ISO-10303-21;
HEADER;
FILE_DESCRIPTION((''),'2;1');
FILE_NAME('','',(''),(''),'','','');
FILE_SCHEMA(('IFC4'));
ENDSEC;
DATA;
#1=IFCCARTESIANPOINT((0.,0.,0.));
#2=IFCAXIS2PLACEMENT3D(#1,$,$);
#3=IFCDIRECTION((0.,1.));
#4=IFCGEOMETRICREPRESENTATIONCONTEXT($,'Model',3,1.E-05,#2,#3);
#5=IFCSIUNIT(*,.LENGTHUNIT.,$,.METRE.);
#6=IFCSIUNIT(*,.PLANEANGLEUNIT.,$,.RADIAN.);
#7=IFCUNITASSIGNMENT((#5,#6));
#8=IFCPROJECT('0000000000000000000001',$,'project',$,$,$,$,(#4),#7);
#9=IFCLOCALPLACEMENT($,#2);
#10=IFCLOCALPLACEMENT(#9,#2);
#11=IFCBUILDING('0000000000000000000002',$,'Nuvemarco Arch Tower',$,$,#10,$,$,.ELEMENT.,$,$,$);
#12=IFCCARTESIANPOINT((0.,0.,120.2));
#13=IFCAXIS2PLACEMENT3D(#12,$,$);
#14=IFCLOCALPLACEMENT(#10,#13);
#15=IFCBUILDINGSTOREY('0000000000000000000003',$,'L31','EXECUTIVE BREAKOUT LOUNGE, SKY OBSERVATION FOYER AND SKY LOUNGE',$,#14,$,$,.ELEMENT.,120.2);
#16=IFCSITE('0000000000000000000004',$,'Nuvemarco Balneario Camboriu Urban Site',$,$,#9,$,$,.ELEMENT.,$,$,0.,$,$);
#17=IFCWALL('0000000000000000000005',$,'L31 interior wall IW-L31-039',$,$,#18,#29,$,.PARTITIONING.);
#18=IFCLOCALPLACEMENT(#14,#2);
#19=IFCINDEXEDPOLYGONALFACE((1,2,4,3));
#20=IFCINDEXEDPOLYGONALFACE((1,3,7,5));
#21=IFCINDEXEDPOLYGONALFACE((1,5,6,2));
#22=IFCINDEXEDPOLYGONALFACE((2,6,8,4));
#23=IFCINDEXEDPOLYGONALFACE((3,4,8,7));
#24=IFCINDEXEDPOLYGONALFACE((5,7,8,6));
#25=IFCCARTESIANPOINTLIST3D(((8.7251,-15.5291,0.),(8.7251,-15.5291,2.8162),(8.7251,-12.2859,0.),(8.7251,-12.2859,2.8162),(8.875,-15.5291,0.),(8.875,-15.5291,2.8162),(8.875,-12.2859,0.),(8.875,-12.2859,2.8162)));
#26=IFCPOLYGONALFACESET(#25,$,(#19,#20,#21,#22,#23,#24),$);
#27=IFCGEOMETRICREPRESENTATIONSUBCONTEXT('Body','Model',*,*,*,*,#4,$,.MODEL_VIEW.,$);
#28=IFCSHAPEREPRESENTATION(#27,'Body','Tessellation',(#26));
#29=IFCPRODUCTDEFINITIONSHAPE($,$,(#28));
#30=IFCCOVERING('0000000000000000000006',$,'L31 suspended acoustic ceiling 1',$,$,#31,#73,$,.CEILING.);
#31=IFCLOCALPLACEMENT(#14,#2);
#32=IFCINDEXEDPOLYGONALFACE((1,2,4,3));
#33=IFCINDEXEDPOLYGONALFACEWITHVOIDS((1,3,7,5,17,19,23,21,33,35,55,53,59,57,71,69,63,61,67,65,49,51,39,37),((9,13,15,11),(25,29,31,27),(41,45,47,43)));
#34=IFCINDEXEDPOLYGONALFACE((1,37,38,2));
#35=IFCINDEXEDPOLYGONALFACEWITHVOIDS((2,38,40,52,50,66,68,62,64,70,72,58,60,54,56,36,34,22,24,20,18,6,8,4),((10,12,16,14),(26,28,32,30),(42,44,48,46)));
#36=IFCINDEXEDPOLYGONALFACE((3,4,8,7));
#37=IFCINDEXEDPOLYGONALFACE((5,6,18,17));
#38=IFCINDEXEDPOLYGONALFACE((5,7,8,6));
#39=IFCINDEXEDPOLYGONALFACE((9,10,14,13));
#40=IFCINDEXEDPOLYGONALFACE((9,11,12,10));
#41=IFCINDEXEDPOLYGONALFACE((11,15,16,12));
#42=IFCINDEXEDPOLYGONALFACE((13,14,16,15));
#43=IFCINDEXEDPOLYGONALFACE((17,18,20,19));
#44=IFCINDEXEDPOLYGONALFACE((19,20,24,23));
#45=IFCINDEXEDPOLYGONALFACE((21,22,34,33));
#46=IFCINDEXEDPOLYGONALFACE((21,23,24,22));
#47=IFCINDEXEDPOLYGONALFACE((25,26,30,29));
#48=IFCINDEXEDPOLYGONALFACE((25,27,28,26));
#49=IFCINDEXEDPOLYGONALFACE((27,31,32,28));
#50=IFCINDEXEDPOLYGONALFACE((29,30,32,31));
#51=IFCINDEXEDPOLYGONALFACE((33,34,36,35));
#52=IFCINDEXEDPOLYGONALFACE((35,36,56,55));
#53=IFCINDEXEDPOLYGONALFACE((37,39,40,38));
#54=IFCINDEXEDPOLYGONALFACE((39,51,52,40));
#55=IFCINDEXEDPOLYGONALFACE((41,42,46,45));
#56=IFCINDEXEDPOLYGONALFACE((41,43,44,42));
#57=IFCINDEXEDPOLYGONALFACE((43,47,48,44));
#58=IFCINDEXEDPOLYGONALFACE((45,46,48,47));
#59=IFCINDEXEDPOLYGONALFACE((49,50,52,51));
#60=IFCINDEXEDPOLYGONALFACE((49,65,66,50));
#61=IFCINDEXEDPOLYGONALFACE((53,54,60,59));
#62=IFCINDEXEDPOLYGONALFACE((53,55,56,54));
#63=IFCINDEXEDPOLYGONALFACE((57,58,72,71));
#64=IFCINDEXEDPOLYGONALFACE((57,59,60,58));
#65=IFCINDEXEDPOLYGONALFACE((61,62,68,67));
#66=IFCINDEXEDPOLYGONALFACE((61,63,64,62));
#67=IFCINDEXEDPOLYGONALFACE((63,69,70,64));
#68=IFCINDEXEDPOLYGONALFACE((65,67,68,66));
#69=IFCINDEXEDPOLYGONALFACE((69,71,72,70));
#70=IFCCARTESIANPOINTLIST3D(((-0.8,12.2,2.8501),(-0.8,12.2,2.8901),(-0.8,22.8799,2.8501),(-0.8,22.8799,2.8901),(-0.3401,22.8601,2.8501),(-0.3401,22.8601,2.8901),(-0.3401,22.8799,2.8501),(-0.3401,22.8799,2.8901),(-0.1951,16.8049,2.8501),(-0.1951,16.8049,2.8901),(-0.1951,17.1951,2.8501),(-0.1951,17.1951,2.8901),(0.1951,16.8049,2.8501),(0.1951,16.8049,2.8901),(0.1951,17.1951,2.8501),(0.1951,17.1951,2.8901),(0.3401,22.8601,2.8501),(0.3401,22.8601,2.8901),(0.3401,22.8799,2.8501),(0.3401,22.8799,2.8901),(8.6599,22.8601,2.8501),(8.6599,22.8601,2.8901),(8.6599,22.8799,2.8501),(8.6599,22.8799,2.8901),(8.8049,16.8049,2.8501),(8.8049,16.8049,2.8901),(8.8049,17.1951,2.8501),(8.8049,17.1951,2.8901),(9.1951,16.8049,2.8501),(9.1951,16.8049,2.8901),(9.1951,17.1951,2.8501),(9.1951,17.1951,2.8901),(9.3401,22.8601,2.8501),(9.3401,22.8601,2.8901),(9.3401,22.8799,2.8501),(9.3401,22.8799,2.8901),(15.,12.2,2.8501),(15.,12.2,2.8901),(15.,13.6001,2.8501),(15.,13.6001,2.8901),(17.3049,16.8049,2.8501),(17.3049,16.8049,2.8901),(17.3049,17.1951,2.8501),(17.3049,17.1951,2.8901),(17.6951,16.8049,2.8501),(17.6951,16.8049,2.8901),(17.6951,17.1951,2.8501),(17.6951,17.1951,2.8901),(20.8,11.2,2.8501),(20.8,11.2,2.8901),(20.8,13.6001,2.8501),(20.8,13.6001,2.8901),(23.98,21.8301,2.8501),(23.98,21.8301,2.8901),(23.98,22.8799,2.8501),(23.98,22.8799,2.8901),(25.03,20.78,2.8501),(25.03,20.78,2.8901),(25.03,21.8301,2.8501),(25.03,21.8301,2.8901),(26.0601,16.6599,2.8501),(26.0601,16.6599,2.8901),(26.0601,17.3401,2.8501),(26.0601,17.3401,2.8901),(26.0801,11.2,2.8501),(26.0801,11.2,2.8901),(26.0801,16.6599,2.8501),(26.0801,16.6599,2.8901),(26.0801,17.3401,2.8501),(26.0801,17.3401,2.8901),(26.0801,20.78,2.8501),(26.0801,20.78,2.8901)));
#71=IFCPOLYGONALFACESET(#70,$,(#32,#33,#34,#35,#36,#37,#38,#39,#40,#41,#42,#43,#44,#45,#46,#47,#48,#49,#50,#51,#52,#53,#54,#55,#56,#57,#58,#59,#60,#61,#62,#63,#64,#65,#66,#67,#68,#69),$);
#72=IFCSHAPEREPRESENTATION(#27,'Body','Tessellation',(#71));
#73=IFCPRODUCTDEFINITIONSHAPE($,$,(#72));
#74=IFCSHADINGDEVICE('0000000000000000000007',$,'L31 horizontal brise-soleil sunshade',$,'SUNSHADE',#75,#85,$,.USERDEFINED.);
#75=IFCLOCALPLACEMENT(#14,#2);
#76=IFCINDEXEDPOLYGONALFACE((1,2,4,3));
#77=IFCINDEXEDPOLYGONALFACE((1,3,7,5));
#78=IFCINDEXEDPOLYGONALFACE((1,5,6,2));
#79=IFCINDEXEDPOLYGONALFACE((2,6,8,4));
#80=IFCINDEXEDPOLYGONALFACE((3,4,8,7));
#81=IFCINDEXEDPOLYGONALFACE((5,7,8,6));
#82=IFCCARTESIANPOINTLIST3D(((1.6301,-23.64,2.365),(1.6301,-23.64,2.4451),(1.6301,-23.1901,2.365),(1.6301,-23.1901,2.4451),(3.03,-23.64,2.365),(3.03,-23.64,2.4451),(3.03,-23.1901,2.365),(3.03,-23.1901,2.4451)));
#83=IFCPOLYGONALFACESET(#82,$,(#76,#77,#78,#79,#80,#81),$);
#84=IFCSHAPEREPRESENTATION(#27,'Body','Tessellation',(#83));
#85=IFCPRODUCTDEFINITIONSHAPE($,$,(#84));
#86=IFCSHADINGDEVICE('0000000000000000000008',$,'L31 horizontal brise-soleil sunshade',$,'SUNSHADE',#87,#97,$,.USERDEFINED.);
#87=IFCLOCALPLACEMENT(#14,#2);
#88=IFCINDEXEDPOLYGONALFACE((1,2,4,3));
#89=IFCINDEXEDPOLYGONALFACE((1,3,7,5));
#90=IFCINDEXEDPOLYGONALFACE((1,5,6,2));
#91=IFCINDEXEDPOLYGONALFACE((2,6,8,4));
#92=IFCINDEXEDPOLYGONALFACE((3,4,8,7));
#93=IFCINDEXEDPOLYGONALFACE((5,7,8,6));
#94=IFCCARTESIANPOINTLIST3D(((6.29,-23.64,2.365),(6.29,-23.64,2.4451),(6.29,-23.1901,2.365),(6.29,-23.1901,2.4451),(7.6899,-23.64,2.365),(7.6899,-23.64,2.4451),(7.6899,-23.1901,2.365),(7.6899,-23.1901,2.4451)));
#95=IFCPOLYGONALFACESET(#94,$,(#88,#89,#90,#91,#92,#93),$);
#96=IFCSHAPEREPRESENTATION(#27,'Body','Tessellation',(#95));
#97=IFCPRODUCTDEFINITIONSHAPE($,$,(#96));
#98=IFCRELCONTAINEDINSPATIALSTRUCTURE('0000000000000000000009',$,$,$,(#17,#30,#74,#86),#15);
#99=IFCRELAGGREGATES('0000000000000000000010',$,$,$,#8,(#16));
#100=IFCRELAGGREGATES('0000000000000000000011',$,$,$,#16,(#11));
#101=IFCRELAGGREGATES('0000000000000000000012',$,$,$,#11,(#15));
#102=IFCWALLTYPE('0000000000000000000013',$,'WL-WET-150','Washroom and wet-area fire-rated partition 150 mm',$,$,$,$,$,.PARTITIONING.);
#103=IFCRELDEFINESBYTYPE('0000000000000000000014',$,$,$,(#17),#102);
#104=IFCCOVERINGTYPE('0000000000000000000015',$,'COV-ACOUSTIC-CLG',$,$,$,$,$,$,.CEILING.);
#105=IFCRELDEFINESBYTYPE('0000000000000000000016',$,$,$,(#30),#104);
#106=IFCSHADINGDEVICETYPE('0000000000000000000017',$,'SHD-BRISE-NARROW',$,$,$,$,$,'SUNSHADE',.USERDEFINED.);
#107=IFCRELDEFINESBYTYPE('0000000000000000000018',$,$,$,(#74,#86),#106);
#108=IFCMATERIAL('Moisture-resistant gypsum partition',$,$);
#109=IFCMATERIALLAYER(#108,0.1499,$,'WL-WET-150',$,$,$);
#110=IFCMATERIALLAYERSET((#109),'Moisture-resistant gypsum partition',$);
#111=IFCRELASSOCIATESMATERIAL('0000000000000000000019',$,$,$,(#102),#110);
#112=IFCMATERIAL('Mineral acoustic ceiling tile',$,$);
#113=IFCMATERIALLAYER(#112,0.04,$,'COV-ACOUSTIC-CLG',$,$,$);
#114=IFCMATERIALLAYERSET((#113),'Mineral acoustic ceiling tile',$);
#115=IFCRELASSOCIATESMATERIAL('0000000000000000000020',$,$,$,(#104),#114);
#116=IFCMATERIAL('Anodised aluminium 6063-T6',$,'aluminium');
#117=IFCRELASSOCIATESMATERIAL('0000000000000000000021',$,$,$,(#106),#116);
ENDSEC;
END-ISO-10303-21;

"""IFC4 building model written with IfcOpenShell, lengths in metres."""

from ifc_helpers import new_model, si_unit, direction, frame, frame_2d, origin, origin_2d, place, context, subcontext, project, spatial, polyline, rectangle, outline, extrude, source, transform, mapped, material, layer, layer_set, type_object, type_shapes, element, save


model = new_model("IFC4")

# Units and contexts
model_context = context("Model", 3, precision=1e-05, world=origin(), true_north=direction((0.0, 1.0)))
body_context = subcontext(model_context, "Body", "Model", "MODEL_VIEW")
ifc_project = project(units=[si_unit("LENGTHUNIT", "METRE"), si_unit("PLANEANGLEUNIT", "RADIAN")], contexts=[model_context])

# Site, building, storey
site_placement = place(None, origin())
site = spatial("IfcSite", under=ifc_project, at=site_placement, Name="Nuvemarco Balneario Camboriu Urban Site", CompositionType="ELEMENT", RefElevation=0.0)
building_placement = place(site_placement, origin())
building = spatial("IfcBuilding", under=site, at=building_placement, Name="Nuvemarco Arch Tower", CompositionType="ELEMENT")
storey_placement = place(building_placement, frame((0.0, 0.0, 120.2)))
storey = spatial("IfcBuildingStorey", under=building, at=storey_placement, Name="L31", Description="EXECUTIVE BREAKOUT LOUNGE, SKY OBSERVATION FOYER AND SKY LOUNGE", CompositionType="ELEMENT", Elevation=120.2)

# Wall
ifc_material_1 = material(Name="Moisture-resistant gypsum partition")
ifc_layer_1 = layer(ifc_material_1, 0.1499, Name="WL-WET-150")
ifc_layer_set_1 = layer_set([ifc_layer_1], Name="Moisture-resistant gypsum partition")
wall_type_1 = type_object("IfcWallType", Name="WL-WET-150", Description="Washroom and wet-area fire-rated partition 150 mm", PredefinedType="PARTITIONING", material=ifc_layer_set_1)
wall_1_placement = place(storey_placement, frame((8.8, -15.5291, 0.0), z_axis=(0.0, 0.0, 1.0), x_axis=(0.0, 1.0, 0.0)))
element("IfcWall", 1, at=wall_1_placement, inside=storey, type_object=wall_type_1, Name="L31 interior wall IW-L31-039", PredefinedType="PARTITIONING", context=body_context, shape_type="SweptSolid", body=[
    extrude(rectangle(XDim=3.2432, YDim=0.1499, at=frame_2d((1.6216, 0.0))), origin(), (0.0, 0.0, 1.0), 2.8162),
])

# Covering
ifc_material_2 = material(Name="Mineral acoustic ceiling tile")
ifc_layer_2 = layer(ifc_material_2, 0.04, Name="COV-ACOUSTIC-CLG")
ifc_layer_set_2 = layer_set([ifc_layer_2], Name="Mineral acoustic ceiling tile")
covering_type = type_object("IfcCoveringType", Name="COV-ACOUSTIC-CLG", PredefinedType="CEILING", material=ifc_layer_set_2)
covering_placement = place(storey_placement, frame((0.0, 0.0, 2.8501)))
element("IfcCovering", 2, at=covering_placement, inside=storey, type_object=covering_type, Name="L31 suspended acoustic ceiling 1", PredefinedType="CEILING", context=body_context, shape_type="SweptSolid", body=[
    extrude(outline(polyline([(26.0801, 20.78), (26.0801, 17.3401), (26.0601, 17.3401), (26.0601, 16.6599), (26.0801, 16.6599), (26.0801, 11.2), (20.8, 11.2), (20.8, 13.6001), (15.0, 13.6001), (15.0, 12.2), (-0.8, 12.2), (-0.8, 22.8799), (-0.3401, 22.8799), (-0.3401, 22.8601), (0.3401, 22.8601), (0.3401, 22.8799), (8.6599, 22.8799), (8.6599, 22.8601), (9.3401, 22.8601), (9.3401, 22.8799), (23.98, 22.8799), (23.98, 21.8301), (25.03, 21.8301), (25.03, 20.78), (26.0801, 20.78)]), holes=[polyline([(0.1951, 16.8049), (0.1951, 17.1951), (-0.1951, 17.1951), (-0.1951, 16.8049), (0.1951, 16.8049)]), polyline([(9.1951, 17.1951), (8.8049, 17.1951), (8.8049, 16.8049), (9.1951, 16.8049), (9.1951, 17.1951)]), polyline([(17.6951, 16.8049), (17.6951, 17.1951), (17.3049, 17.1951), (17.3049, 16.8049), (17.6951, 16.8049)])]), origin(), (0.0, 0.0, 1.0), 0.04),
])

# Shading devices
ifc_material_3 = material(Name="Anodised aluminium 6063-T6", Category="aluminium")
shading_device_type = type_object("IfcShadingDeviceType", Name="SHD-BRISE-NARROW", ElementType="SUNSHADE", PredefinedType="USERDEFINED", material=ifc_material_3)
shared_shape_1 = source(origin(), body_context, "Body", "SweptSolid", [
    extrude(rectangle(XDim=1.3999, YDim=0.45, at=origin_2d()), origin(), (0.0, 0.0, 1.0), 0.0801),
])
type_shapes(shading_device_type, [shared_shape_1])
for number, where, z_axis, x_axis, name in (
    (3, (2.3301, -23.415, 2.365), (0.0, 0.0, 1.0), (1.0, 0.0, 0.0), "L31 horizontal brise-soleil sunshade"),
    (4, (6.99, -23.415, 2.365), (0.0, 0.0, 1.0), (1.0, 0.0, 0.0), "L31 horizontal brise-soleil sunshade"),
):
    element("IfcShadingDevice", number, at=place(storey_placement, frame(where, z_axis=z_axis, x_axis=x_axis)), inside=storey, type_object=shading_device_type, Name=name, ObjectType="SUNSHADE", PredefinedType="USERDEFINED", context=body_context, shape_type="MappedRepresentation", body=[
        mapped(shared_shape_1, transform((0.0, 0.0, 0.0), scale=1.0)),
    ])

save(model, "model.ifc")
